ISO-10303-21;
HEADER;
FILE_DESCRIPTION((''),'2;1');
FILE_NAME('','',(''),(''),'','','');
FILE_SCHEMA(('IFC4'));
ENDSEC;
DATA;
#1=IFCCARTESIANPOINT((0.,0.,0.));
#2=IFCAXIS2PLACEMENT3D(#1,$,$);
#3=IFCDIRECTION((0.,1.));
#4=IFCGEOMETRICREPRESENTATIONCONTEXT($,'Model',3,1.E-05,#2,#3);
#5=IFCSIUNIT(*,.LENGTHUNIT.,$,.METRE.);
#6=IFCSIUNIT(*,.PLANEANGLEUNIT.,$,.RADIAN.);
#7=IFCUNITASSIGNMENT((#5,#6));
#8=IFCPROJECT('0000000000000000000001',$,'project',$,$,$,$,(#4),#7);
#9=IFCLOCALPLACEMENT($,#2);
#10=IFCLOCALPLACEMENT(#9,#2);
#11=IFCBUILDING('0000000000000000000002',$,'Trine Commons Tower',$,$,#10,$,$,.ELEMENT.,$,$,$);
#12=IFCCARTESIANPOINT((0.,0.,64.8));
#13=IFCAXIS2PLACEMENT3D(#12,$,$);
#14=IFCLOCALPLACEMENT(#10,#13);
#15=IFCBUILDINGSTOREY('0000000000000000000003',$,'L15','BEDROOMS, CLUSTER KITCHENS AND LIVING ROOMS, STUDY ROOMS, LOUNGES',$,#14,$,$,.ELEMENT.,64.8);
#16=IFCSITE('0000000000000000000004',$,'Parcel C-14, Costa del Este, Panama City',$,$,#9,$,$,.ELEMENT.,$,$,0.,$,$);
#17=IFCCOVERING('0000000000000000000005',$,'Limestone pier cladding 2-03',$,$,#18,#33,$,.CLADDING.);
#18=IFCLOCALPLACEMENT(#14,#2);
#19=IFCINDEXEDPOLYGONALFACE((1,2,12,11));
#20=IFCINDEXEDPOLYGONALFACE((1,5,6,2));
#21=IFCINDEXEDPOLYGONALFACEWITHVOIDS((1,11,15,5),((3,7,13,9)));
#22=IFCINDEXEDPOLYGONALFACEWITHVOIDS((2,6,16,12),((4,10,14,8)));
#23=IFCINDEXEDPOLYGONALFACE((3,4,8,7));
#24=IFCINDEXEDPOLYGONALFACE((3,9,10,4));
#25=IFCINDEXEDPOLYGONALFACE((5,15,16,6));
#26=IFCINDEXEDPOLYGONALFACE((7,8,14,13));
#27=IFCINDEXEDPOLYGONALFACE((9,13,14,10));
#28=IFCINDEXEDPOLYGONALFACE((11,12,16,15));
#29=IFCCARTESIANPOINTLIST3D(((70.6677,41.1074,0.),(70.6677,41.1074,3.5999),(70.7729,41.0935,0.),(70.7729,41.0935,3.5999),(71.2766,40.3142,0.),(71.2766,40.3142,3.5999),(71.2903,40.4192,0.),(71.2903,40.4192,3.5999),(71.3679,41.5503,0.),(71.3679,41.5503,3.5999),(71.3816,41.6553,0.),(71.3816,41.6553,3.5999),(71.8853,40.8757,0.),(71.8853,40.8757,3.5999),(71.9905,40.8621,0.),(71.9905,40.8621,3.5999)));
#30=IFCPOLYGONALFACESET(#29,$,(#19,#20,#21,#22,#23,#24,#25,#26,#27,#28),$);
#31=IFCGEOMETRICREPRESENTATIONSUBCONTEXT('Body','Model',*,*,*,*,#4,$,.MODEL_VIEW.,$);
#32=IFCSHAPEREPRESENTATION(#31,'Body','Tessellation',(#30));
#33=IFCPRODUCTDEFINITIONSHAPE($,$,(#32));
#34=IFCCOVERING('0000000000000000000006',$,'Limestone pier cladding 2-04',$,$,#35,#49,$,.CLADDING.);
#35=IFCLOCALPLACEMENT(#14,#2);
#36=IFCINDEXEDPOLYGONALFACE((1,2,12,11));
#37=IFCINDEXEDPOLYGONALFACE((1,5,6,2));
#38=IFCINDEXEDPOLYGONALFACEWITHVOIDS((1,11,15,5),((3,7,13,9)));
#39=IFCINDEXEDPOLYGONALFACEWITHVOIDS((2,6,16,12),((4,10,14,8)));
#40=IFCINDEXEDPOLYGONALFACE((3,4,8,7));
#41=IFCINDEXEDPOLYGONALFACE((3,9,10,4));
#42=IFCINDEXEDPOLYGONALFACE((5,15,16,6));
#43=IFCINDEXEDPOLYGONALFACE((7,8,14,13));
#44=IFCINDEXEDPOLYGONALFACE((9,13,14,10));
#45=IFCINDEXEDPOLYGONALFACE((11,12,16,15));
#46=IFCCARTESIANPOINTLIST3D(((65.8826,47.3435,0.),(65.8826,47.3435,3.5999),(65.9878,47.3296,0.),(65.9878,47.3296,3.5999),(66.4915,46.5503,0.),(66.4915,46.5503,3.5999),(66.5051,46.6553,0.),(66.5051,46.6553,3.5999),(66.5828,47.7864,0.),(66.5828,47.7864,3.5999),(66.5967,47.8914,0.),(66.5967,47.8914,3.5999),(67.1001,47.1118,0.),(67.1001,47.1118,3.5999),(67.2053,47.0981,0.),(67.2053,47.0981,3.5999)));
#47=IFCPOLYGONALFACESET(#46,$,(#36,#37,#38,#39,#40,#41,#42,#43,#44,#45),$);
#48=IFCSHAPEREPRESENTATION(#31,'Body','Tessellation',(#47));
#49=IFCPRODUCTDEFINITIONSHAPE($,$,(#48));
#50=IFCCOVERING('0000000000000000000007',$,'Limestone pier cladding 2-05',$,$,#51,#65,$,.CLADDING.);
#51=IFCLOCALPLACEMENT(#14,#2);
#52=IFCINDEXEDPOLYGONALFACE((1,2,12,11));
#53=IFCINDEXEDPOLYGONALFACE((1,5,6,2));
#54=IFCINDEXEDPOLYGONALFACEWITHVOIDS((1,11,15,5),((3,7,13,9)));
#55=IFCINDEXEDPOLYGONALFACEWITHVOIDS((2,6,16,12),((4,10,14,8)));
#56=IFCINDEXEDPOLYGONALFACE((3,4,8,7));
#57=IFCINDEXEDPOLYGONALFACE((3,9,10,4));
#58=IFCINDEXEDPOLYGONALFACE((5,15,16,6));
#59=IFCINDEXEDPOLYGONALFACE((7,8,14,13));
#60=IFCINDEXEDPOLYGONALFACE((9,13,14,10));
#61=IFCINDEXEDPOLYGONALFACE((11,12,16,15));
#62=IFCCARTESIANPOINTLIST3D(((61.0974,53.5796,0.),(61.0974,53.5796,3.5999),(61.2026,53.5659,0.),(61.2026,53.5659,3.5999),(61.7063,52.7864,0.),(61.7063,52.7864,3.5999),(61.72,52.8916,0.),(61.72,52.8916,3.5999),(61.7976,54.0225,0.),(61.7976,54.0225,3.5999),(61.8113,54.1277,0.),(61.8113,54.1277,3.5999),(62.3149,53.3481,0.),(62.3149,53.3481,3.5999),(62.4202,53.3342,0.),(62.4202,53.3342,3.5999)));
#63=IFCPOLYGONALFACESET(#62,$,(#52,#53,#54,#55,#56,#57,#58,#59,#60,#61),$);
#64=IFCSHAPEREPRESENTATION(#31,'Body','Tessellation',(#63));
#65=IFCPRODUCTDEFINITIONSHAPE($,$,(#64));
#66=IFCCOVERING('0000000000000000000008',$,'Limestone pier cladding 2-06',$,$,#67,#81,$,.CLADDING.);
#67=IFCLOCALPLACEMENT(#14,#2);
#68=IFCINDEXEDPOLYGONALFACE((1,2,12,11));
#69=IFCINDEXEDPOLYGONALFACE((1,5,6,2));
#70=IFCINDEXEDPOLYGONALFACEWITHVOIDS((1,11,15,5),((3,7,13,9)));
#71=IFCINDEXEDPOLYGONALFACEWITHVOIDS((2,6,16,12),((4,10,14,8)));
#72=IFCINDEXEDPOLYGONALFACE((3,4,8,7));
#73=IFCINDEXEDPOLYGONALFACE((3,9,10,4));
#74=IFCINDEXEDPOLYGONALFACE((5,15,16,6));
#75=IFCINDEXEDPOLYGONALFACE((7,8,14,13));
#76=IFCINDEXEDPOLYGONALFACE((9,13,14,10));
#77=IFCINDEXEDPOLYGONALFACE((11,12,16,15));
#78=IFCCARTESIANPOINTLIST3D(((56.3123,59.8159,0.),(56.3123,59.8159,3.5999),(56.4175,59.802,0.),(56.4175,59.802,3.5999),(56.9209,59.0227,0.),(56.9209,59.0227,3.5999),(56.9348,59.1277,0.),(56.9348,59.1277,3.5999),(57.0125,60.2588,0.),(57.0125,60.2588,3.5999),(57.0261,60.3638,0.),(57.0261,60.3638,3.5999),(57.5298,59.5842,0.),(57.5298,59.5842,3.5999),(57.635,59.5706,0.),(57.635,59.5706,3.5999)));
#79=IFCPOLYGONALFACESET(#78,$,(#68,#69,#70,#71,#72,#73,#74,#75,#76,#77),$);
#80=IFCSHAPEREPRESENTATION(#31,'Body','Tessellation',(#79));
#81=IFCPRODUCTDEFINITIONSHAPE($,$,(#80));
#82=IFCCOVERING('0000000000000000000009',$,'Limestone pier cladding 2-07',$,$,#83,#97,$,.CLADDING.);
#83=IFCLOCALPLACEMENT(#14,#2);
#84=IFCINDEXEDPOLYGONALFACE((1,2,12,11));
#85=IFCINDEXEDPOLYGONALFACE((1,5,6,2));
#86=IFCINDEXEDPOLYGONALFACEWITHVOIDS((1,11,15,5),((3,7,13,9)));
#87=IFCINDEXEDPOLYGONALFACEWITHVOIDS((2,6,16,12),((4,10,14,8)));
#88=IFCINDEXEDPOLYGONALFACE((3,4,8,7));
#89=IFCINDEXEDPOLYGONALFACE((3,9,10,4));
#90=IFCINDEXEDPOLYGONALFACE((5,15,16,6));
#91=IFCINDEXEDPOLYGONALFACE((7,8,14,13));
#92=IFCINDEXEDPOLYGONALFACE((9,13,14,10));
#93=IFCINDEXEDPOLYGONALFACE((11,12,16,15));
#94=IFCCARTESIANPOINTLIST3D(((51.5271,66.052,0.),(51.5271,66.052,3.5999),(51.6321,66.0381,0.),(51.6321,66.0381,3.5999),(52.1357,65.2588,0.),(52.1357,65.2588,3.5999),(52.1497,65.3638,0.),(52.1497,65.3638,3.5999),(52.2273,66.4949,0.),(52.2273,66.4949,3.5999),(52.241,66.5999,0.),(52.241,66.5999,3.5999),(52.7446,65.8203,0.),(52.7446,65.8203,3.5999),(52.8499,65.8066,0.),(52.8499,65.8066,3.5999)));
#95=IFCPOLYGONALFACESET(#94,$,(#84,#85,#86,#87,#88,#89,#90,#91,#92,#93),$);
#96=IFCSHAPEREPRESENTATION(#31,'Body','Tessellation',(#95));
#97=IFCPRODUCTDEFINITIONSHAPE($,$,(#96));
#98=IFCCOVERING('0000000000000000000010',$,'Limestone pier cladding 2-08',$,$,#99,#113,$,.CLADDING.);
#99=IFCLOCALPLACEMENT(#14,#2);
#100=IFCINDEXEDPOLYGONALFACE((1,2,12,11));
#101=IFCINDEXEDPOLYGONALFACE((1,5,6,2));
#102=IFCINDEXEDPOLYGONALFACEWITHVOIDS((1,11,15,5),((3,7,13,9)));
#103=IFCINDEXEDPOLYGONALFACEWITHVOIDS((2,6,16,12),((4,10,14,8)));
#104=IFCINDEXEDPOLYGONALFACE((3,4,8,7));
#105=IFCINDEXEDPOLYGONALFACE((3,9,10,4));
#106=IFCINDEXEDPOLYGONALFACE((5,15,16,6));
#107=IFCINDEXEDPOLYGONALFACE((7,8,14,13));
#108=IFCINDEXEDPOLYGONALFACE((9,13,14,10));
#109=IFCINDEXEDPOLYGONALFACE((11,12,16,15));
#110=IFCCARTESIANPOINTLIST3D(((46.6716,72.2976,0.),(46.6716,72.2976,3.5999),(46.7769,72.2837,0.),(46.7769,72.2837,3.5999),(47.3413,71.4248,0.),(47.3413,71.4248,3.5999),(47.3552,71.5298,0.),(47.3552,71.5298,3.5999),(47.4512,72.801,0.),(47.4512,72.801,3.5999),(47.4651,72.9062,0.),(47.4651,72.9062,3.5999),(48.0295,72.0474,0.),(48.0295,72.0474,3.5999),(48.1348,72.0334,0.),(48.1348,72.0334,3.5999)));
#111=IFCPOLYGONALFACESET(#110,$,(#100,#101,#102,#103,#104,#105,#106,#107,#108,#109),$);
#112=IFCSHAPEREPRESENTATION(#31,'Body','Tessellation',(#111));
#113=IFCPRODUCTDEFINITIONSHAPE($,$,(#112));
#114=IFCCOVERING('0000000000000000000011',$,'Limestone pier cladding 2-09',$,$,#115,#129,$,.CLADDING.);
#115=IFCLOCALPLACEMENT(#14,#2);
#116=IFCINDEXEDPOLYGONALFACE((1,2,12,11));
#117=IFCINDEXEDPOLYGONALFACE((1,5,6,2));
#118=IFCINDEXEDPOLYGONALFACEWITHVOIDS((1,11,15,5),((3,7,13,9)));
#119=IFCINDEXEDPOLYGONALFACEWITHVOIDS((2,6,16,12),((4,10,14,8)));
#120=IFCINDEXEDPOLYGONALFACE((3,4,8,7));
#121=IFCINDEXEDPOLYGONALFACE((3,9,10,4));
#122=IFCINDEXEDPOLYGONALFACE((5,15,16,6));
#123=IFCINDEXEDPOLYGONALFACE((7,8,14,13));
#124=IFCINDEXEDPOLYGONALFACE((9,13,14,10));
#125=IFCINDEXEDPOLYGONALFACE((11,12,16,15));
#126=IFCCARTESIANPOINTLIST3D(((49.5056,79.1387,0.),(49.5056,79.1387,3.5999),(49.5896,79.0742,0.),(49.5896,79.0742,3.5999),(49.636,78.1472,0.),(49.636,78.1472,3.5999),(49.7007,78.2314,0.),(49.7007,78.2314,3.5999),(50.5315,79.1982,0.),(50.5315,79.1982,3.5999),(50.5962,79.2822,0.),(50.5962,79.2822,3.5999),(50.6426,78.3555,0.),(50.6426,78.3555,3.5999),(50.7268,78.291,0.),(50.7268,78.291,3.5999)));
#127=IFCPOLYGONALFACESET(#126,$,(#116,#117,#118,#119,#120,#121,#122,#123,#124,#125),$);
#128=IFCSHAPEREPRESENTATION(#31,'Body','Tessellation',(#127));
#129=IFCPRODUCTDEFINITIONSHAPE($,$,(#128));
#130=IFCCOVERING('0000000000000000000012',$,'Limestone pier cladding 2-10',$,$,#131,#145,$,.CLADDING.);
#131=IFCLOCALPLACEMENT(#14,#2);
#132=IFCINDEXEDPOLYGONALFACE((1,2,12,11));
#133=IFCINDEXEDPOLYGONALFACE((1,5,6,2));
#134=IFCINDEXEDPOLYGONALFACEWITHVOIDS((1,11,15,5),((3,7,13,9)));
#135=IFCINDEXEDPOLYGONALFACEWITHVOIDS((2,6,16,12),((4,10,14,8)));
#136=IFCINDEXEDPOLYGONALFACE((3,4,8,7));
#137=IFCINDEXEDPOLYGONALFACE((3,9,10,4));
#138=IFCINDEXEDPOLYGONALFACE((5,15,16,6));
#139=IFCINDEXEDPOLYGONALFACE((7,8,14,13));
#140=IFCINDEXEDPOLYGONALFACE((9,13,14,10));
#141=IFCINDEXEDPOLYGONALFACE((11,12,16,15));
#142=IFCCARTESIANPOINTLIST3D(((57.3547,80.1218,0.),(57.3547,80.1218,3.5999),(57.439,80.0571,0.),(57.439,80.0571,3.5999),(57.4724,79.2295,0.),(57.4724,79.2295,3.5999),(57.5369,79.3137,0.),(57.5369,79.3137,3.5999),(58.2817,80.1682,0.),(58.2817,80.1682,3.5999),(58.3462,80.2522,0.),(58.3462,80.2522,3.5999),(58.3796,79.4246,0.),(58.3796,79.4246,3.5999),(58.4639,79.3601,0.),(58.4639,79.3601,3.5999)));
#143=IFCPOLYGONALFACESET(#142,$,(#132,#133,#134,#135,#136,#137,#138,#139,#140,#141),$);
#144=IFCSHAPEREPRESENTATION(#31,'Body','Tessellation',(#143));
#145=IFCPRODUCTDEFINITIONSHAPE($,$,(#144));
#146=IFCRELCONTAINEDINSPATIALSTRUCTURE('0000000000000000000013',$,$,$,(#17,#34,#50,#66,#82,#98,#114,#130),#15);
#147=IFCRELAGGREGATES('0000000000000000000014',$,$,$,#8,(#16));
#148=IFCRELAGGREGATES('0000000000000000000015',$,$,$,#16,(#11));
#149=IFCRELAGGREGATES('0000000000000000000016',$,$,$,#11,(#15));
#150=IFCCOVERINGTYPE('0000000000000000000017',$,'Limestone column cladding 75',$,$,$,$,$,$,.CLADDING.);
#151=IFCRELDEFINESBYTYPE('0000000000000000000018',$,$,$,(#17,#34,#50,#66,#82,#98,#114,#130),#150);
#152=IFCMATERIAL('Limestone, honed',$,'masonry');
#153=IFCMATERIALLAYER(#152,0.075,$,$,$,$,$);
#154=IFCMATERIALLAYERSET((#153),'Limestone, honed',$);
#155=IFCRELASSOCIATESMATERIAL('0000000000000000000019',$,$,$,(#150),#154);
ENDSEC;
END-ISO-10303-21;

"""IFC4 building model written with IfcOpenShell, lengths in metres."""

from ifc_helpers import new_model, si_unit, direction, frame, origin, place, context, subcontext, project, spatial, polyline, outline, extrude, material, layer, layer_set, type_object, element, save


model = new_model("IFC4")

# Units and contexts
model_context = context("Model", 3, precision=1e-05, world=origin(), true_north=direction((0.0, 1.0)))
body_context = subcontext(model_context, "Body", "Model", "MODEL_VIEW")
ifc_project = project(units=[si_unit("LENGTHUNIT", "METRE"), si_unit("PLANEANGLEUNIT", "RADIAN")], contexts=[model_context])

# Site, building, storey
site_placement = place(None, origin())
site = spatial("IfcSite", under=ifc_project, at=site_placement, Name="Parcel C-14, Costa del Este, Panama City", CompositionType="ELEMENT", RefElevation=0.0)
building_placement = place(site_placement, origin())
building = spatial("IfcBuilding", under=site, at=building_placement, Name="Trine Commons Tower", CompositionType="ELEMENT")
storey_placement = place(building_placement, frame((0.0, 0.0, 64.8)))
storey = spatial("IfcBuildingStorey", under=building, at=storey_placement, Name="L15", Description="BEDROOMS, CLUSTER KITCHENS AND LIVING ROOMS, STUDY ROOMS, LOUNGES", CompositionType="ELEMENT", Elevation=64.8)

# Coverings
ifc_material_1 = material(Name="Limestone, honed", Category="masonry")
ifc_layer_1 = layer(ifc_material_1, 0.075)
ifc_layer_set_1 = layer_set([ifc_layer_1], Name="Limestone, honed")
covering_type_1 = type_object("IfcCoveringType", Name="Limestone column cladding 75", PredefinedType="CLADDING", material=ifc_layer_set_1)
covering_1_placement = place(storey_placement, origin())
element("IfcCovering", 1, at=covering_1_placement, inside=storey, type_object=covering_type_1, Name="Limestone pier cladding 2-03", PredefinedType="CLADDING", context=body_context, shape_type="SweptSolid", body=[
    extrude(outline(polyline([(71.3816, 41.6553), (70.6677, 41.1074), (71.2766, 40.3142), (71.9905, 40.8621), (71.3816, 41.6553)]), holes=[polyline([(71.3679, 41.5503), (70.7729, 41.0935), (71.2903, 40.4192), (71.8853, 40.8757), (71.3679, 41.5503)])]), origin(), (0.0, 0.0, 1.0), 3.5999),
])
covering_2_placement = place(storey_placement, origin())
element("IfcCovering", 2, at=covering_2_placement, inside=storey, type_object=covering_type_1, Name="Limestone pier cladding 2-04", PredefinedType="CLADDING", context=body_context, shape_type="SweptSolid", body=[
    extrude(outline(polyline([(66.5967, 47.8914), (65.8826, 47.3435), (66.4915, 46.5503), (67.2053, 47.0981), (66.5967, 47.8914)]), holes=[polyline([(66.5828, 47.7864), (65.9878, 47.3296), (66.5051, 46.6553), (67.1001, 47.1118), (66.5828, 47.7864)])]), origin(), (0.0, 0.0, 1.0), 3.5999),
])
covering_3_placement = place(storey_placement, origin())
element("IfcCovering", 3, at=covering_3_placement, inside=storey, type_object=covering_type_1, Name="Limestone pier cladding 2-05", PredefinedType="CLADDING", context=body_context, shape_type="SweptSolid", body=[
    extrude(outline(polyline([(61.8113, 54.1277), (61.0974, 53.5796), (61.7063, 52.7864), (62.4202, 53.3342), (61.8113, 54.1277)]), holes=[polyline([(61.7976, 54.0225), (61.2026, 53.5659), (61.72, 52.8916), (62.3149, 53.3481), (61.7976, 54.0225)])]), origin(), (0.0, 0.0, 1.0), 3.5999),
])
covering_4_placement = place(storey_placement, origin())
element("IfcCovering", 4, at=covering_4_placement, inside=storey, type_object=covering_type_1, Name="Limestone pier cladding 2-06", PredefinedType="CLADDING", context=body_context, shape_type="SweptSolid", body=[
    extrude(outline(polyline([(57.0261, 60.3638), (56.3123, 59.8159), (56.9209, 59.0227), (57.635, 59.5706), (57.0261, 60.3638)]), holes=[polyline([(57.0125, 60.2588), (56.4175, 59.802), (56.9348, 59.1277), (57.5298, 59.5842), (57.0125, 60.2588)])]), origin(), (0.0, 0.0, 1.0), 3.5999),
])
covering_5_placement = place(storey_placement, origin())
element("IfcCovering", 5, at=covering_5_placement, inside=storey, type_object=covering_type_1, Name="Limestone pier cladding 2-07", PredefinedType="CLADDING", context=body_context, shape_type="SweptSolid", body=[
    extrude(outline(polyline([(52.241, 66.5999), (51.5271, 66.052), (52.1357, 65.2588), (52.8499, 65.8066), (52.241, 66.5999)]), holes=[polyline([(52.2273, 66.4949), (51.6321, 66.0381), (52.1497, 65.3638), (52.7446, 65.8203), (52.2273, 66.4949)])]), origin(), (0.0, 0.0, 1.0), 3.5999),
])
covering_6_placement = place(storey_placement, origin())
element("IfcCovering", 6, at=covering_6_placement, inside=storey, type_object=covering_type_1, Name="Limestone pier cladding 2-08", PredefinedType="CLADDING", context=body_context, shape_type="SweptSolid", body=[
    extrude(outline(polyline([(47.4651, 72.9062), (46.6716, 72.2976), (47.3413, 71.4248), (48.1348, 72.0334), (47.4651, 72.9062)]), holes=[polyline([(47.4512, 72.801), (46.7769, 72.2837), (47.3552, 71.5298), (48.0295, 72.0474), (47.4512, 72.801)])]), origin(), (0.0, 0.0, 1.0), 3.5999),
])
covering_7_placement = place(storey_placement, origin())
element("IfcCovering", 7, at=covering_7_placement, inside=storey, type_object=covering_type_1, Name="Limestone pier cladding 2-09", PredefinedType="CLADDING", context=body_context, shape_type="SweptSolid", body=[
    extrude(outline(polyline([(50.7268, 78.291), (50.5962, 79.2822), (49.5056, 79.1387), (49.636, 78.1472), (50.7268, 78.291)]), holes=[polyline([(50.6426, 78.3555), (50.5315, 79.1982), (49.5896, 79.0742), (49.7007, 78.2314), (50.6426, 78.3555)])]), origin(), (0.0, 0.0, 1.0), 3.5999),
])
covering_8_placement = place(storey_placement, origin())
element("IfcCovering", 8, at=covering_8_placement, inside=storey, type_object=covering_type_1, Name="Limestone pier cladding 2-10", PredefinedType="CLADDING", context=body_context, shape_type="SweptSolid", body=[
    extrude(outline(polyline([(58.4639, 79.3601), (58.3462, 80.2522), (57.3547, 80.1218), (57.4724, 79.2295), (58.4639, 79.3601)]), holes=[polyline([(58.3796, 79.4246), (58.2817, 80.1682), (57.439, 80.0571), (57.5369, 79.3137), (58.3796, 79.4246)])]), origin(), (0.0, 0.0, 1.0), 3.5999),
])

save(model, "model.ifc")
